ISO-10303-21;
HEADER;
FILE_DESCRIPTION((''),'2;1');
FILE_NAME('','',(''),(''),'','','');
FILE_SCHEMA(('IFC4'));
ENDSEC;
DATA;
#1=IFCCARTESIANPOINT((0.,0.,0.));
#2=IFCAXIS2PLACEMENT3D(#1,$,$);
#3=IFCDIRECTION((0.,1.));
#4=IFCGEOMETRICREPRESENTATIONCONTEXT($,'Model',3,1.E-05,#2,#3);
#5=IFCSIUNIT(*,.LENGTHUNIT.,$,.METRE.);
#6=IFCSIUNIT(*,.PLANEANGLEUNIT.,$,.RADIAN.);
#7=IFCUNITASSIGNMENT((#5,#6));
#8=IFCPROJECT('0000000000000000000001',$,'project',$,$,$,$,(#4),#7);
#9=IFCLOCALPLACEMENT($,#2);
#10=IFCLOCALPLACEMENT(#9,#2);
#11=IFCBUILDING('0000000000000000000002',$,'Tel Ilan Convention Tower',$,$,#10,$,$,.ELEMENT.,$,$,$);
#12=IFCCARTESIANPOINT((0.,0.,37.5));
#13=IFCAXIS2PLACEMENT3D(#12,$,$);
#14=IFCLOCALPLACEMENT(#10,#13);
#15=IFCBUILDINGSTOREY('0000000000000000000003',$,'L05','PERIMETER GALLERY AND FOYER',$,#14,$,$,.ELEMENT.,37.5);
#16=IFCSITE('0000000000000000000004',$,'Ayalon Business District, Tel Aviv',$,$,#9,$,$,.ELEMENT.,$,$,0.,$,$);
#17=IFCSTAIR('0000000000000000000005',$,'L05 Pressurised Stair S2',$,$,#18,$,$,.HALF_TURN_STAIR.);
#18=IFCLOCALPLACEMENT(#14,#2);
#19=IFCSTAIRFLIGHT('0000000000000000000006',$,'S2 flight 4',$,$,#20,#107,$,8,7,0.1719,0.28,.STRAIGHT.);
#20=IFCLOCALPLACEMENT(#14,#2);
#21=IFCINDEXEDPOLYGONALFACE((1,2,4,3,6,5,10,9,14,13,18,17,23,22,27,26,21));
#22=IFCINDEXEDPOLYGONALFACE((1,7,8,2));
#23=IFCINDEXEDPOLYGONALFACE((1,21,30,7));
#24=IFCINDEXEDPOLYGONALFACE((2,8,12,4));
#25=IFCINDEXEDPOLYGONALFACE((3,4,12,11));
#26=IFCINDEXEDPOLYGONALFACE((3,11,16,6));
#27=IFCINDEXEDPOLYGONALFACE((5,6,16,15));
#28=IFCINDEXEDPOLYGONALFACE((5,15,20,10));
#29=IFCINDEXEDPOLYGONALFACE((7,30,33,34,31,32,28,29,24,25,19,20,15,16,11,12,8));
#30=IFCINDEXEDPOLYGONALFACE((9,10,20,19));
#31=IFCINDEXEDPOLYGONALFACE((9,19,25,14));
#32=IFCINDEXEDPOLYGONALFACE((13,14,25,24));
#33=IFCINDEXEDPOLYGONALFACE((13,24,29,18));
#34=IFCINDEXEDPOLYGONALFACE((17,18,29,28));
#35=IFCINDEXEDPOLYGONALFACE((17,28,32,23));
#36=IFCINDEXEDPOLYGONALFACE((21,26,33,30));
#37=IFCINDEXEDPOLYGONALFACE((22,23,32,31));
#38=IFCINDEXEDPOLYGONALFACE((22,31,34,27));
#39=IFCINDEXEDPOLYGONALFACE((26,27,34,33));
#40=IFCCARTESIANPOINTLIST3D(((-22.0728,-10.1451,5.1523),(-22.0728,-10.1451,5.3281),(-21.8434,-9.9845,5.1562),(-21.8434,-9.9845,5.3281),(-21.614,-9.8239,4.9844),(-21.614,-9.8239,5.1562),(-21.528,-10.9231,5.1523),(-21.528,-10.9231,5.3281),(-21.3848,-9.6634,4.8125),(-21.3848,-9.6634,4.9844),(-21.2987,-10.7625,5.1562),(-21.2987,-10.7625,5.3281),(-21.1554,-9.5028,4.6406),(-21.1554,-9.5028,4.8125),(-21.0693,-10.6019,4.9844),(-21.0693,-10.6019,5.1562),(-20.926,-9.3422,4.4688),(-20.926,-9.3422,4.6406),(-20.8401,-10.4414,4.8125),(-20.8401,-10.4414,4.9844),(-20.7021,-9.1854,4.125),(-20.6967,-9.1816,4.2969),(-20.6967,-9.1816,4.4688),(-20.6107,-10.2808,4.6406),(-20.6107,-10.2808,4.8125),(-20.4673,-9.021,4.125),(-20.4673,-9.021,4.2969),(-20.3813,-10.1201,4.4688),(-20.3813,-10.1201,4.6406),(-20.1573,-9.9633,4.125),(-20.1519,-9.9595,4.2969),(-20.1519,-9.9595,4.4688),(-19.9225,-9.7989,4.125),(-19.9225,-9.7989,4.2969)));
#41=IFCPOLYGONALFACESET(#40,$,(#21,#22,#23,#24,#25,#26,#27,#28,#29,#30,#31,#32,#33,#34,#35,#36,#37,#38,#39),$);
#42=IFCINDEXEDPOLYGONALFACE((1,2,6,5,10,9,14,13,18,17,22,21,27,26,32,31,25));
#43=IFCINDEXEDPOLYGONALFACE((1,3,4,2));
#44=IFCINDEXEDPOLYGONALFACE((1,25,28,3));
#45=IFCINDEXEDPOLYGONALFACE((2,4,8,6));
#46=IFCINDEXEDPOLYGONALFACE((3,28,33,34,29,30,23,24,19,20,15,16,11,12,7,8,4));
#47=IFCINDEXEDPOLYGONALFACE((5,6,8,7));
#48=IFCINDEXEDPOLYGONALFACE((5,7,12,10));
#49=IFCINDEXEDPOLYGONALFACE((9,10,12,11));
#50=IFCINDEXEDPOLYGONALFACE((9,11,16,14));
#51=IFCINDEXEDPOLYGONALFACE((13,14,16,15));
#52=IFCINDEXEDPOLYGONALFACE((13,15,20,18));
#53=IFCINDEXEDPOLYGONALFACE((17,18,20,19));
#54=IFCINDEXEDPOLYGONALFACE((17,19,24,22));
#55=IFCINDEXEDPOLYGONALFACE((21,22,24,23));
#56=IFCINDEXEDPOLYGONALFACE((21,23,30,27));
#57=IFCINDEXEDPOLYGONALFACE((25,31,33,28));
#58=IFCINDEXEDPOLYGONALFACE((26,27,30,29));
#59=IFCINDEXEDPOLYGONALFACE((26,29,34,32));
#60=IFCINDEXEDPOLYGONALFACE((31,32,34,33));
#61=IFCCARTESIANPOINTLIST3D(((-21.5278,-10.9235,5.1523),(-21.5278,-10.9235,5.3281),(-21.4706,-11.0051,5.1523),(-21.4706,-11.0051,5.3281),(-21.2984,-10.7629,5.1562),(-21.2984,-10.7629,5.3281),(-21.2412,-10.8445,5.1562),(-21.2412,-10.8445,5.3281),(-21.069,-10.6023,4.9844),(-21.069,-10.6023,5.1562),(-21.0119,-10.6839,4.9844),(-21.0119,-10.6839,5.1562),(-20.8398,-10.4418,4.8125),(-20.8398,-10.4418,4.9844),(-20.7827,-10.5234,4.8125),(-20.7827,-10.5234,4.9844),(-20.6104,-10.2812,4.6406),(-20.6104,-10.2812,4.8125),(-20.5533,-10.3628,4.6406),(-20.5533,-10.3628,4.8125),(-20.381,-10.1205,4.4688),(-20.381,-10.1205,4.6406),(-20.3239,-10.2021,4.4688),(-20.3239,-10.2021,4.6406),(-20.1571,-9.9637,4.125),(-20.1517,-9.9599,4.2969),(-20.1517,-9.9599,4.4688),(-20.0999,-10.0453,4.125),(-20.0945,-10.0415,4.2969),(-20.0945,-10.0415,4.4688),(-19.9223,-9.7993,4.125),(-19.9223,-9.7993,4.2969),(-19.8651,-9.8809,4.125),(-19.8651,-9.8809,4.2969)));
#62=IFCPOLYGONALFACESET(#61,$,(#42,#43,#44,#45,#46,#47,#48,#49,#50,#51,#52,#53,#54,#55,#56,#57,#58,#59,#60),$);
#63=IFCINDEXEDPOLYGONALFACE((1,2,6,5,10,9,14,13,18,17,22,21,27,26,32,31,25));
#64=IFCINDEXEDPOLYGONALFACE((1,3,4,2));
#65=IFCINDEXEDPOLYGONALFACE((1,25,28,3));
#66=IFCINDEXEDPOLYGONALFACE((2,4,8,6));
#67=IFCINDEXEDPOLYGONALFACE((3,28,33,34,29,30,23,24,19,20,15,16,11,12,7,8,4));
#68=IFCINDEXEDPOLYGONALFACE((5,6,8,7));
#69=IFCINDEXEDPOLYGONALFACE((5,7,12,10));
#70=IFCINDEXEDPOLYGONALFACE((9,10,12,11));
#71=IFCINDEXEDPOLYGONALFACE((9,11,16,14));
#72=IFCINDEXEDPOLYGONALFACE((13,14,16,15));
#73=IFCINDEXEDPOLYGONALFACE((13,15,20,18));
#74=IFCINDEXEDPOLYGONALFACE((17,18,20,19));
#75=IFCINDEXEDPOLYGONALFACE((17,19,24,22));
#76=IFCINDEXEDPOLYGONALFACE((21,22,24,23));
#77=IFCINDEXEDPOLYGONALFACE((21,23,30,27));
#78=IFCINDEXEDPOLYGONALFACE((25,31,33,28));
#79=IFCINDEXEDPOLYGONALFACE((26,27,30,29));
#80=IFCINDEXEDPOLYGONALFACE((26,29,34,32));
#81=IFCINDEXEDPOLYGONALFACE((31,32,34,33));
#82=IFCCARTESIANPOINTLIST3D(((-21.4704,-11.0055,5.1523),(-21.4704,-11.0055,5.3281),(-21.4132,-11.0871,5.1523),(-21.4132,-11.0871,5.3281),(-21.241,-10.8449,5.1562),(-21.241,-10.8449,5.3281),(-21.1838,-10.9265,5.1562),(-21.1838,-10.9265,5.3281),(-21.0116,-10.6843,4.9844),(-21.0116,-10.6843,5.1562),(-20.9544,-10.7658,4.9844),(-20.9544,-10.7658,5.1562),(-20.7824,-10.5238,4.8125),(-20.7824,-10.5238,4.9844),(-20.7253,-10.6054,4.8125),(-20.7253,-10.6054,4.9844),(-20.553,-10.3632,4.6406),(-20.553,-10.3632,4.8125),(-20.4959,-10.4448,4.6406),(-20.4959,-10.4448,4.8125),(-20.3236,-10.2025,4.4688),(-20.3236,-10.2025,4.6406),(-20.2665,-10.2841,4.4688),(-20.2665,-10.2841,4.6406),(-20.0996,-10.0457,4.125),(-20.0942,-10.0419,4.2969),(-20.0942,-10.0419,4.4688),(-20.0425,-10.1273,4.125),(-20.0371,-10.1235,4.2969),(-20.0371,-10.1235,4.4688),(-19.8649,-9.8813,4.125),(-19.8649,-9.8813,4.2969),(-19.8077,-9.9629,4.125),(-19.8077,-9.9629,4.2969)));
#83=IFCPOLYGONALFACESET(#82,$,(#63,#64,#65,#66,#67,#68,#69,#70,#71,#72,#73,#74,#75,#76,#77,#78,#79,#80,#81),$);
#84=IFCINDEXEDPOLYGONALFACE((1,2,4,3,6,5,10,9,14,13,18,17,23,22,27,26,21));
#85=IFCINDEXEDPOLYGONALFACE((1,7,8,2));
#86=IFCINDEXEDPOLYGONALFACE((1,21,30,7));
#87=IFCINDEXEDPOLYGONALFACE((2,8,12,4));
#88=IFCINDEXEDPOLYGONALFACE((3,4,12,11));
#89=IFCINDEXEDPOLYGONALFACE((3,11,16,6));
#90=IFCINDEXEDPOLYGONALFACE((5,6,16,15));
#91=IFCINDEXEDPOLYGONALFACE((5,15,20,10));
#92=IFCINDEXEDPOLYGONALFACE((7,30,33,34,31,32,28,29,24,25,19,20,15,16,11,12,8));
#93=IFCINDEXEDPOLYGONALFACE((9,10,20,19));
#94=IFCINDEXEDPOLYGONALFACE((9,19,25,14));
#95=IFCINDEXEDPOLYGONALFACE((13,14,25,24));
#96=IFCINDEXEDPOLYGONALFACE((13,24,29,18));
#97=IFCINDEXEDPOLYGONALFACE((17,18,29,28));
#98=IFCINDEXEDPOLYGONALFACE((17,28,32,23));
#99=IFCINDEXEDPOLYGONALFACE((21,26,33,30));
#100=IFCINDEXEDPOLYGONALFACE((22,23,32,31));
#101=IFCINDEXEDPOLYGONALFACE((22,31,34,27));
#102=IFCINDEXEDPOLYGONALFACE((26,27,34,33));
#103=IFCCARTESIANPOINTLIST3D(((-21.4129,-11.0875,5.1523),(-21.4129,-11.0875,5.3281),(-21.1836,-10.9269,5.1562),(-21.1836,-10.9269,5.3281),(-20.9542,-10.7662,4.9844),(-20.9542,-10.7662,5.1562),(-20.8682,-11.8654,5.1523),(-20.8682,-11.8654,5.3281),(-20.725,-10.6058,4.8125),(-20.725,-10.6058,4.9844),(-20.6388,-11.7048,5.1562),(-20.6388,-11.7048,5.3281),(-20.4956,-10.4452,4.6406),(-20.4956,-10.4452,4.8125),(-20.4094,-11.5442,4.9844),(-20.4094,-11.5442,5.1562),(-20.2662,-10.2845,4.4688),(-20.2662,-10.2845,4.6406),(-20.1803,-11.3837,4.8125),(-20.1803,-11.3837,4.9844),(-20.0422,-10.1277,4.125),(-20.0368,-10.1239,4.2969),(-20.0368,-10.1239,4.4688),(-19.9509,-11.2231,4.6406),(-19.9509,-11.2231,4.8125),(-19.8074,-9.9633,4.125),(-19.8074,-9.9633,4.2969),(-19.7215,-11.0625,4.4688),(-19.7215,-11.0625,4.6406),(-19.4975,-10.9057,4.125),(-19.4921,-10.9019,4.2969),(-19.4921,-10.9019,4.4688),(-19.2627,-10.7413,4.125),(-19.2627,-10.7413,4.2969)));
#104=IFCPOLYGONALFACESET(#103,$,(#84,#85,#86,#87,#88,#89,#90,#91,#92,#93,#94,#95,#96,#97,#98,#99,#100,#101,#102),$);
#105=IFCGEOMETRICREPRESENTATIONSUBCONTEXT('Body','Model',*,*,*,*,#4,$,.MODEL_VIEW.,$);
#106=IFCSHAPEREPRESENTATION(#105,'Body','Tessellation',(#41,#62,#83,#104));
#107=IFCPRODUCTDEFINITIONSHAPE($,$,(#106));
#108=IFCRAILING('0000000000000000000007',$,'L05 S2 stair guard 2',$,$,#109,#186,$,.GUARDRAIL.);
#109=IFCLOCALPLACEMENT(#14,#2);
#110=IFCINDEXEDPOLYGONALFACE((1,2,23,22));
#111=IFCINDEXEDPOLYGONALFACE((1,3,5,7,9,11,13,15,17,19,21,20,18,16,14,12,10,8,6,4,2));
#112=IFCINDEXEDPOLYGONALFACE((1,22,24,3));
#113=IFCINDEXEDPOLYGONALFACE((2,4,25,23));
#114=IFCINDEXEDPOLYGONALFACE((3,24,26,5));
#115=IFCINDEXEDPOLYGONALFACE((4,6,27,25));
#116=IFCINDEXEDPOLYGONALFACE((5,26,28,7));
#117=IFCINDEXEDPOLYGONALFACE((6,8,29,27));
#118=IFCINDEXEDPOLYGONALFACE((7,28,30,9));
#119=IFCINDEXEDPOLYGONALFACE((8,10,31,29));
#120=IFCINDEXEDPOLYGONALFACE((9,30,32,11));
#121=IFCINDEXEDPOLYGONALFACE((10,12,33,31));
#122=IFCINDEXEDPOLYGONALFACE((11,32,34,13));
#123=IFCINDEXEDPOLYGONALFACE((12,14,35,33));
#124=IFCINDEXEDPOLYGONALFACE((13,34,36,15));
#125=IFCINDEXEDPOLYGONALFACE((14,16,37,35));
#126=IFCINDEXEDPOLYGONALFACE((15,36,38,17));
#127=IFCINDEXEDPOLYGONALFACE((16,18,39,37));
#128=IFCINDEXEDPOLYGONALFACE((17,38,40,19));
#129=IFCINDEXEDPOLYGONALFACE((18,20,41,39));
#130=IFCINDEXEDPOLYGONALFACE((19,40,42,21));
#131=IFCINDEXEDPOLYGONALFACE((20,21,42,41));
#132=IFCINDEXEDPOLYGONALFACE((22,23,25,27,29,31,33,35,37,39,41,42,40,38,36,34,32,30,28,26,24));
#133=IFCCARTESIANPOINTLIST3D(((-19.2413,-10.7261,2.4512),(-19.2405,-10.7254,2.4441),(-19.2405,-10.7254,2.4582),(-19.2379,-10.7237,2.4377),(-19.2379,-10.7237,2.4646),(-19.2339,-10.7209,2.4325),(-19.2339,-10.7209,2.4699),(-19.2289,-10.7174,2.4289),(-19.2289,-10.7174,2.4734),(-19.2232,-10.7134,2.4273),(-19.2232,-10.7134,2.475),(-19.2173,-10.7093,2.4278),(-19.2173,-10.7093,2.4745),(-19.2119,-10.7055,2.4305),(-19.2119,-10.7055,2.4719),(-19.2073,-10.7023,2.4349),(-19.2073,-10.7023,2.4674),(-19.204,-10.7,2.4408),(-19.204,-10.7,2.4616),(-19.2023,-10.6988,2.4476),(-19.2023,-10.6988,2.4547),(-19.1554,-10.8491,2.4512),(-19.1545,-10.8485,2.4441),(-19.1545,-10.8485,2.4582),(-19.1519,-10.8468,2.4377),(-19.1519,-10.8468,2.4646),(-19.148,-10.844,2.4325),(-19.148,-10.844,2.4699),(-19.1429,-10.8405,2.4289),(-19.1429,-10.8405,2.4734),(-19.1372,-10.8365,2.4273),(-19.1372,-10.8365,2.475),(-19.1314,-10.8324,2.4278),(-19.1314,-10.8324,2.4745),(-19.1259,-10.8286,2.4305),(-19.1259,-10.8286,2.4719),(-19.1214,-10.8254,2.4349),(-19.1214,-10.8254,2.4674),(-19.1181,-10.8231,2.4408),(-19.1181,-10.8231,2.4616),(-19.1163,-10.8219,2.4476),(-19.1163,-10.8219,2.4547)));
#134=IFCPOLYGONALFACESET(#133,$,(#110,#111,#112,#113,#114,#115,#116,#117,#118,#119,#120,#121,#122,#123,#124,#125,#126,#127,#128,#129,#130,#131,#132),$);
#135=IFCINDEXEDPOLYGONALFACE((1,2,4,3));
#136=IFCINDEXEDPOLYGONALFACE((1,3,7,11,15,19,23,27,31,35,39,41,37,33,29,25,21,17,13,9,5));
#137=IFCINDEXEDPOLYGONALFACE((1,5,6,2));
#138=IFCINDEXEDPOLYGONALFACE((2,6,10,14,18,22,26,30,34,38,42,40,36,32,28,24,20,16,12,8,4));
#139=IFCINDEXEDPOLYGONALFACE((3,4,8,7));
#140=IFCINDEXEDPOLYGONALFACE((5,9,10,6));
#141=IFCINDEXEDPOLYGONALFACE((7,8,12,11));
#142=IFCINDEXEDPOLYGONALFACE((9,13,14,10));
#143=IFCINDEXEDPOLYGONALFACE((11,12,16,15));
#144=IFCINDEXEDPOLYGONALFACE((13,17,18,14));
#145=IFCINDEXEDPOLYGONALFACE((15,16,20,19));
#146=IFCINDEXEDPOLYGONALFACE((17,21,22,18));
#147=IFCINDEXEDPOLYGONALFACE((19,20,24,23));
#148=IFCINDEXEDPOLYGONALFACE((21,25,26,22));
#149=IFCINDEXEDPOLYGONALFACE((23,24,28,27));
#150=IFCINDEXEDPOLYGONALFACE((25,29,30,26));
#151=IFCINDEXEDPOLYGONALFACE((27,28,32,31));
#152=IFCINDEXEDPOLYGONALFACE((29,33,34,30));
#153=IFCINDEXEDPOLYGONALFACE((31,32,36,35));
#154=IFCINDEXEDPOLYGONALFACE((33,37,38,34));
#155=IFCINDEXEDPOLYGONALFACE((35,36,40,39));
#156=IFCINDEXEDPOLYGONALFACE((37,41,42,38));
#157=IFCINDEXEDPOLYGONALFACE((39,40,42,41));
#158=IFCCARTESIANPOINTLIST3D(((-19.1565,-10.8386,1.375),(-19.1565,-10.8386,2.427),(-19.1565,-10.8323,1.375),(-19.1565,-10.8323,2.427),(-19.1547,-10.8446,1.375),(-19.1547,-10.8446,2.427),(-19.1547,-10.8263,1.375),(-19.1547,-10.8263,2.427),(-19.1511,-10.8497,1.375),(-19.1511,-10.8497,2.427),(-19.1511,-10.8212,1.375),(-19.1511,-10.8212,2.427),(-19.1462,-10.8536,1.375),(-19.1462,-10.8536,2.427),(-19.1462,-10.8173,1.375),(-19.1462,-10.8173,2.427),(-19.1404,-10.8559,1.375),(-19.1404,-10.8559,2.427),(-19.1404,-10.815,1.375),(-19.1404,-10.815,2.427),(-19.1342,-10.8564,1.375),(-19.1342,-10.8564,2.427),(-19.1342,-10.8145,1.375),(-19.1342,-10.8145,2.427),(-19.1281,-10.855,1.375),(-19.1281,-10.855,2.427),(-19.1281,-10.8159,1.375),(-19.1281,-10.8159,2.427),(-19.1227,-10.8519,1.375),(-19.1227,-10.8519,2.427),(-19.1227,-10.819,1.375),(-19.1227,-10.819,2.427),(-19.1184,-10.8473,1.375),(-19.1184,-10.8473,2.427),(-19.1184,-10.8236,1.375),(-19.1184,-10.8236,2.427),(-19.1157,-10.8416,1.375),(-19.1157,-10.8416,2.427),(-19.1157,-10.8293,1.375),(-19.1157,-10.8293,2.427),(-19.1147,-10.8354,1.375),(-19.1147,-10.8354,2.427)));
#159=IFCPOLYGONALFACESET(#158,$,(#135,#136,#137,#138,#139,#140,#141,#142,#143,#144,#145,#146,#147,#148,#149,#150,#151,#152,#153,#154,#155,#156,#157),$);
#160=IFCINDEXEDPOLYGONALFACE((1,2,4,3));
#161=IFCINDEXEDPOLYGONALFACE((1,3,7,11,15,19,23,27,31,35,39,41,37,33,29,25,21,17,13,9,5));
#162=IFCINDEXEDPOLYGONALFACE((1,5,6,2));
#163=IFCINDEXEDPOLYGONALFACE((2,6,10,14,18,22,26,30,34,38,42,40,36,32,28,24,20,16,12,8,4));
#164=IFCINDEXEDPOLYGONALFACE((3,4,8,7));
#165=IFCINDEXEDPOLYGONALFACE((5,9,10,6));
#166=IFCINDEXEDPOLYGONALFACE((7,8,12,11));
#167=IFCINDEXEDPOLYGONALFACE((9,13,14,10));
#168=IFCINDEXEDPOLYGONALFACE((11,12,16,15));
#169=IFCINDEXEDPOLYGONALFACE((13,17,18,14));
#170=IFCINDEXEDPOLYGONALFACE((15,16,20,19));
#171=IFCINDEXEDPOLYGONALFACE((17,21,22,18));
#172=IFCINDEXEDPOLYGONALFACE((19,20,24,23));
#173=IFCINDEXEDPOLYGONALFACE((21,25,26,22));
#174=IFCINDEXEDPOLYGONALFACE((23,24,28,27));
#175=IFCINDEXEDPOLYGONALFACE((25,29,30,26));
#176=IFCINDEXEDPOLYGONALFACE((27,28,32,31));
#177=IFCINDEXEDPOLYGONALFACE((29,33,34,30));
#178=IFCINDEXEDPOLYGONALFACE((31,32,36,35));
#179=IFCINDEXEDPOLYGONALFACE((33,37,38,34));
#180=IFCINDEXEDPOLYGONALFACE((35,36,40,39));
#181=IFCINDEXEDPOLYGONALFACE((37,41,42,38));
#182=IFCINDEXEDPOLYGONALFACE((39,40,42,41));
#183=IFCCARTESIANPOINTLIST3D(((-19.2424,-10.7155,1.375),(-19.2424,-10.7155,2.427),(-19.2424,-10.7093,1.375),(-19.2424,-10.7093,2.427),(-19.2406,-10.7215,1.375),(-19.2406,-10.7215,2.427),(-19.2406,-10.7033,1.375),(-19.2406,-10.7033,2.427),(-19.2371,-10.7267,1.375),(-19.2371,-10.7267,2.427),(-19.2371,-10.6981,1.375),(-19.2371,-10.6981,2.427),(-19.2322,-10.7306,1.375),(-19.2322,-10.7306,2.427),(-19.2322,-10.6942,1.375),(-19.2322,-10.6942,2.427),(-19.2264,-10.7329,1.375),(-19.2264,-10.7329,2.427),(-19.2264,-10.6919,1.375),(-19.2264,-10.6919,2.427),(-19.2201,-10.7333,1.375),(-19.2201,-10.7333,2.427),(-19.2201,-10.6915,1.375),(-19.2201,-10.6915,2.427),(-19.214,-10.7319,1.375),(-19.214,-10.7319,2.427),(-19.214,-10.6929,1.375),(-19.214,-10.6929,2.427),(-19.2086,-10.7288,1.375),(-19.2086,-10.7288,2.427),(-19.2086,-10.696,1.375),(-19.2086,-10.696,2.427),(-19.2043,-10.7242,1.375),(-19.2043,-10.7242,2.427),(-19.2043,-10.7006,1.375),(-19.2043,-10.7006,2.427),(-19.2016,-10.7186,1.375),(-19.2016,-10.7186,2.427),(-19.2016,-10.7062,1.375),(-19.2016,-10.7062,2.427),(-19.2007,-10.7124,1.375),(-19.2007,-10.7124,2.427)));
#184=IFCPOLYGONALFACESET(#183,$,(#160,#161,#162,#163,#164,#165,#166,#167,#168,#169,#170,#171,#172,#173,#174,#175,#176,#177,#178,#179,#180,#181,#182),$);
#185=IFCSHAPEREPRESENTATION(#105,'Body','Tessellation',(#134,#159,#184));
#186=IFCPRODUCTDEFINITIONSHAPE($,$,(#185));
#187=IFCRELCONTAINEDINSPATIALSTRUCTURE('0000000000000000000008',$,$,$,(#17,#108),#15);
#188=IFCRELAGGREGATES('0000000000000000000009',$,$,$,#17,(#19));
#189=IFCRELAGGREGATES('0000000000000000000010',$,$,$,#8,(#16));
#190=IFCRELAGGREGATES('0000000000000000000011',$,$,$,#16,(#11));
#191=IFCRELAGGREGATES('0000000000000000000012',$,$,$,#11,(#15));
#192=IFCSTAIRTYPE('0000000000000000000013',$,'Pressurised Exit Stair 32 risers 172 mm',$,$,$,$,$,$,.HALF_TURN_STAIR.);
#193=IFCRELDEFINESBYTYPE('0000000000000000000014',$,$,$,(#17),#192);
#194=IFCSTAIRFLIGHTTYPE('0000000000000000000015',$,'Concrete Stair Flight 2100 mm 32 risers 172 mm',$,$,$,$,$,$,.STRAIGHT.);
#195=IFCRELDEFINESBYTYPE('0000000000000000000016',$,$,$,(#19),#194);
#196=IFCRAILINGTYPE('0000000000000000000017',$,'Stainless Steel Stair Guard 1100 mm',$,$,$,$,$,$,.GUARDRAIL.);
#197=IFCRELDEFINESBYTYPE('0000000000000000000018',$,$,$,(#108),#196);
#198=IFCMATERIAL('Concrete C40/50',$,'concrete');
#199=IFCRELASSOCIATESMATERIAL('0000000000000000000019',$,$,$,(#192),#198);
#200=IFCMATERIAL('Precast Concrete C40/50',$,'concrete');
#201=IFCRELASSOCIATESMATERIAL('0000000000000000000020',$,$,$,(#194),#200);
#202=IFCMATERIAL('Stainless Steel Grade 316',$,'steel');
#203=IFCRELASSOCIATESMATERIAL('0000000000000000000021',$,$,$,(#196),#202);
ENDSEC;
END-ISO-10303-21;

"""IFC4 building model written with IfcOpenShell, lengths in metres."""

from ifc_helpers import new_model, si_unit, direction, frame, origin, origin_2d, place, context, subcontext, project, spatial, polyline, circle, outline, extrude, material, type_object, element, aggregate, save


model = new_model("IFC4")

# Units and contexts
model_context = context("Model", 3, precision=1e-05, world=origin(), true_north=direction((0.0, 1.0)))
body_context = subcontext(model_context, "Body", "Model", "MODEL_VIEW")
ifc_project = project(units=[si_unit("LENGTHUNIT", "METRE"), si_unit("PLANEANGLEUNIT", "RADIAN")], contexts=[model_context])

# Site, building, storey
site_placement = place(None, origin())
site = spatial("IfcSite", under=ifc_project, at=site_placement, Name="Ayalon Business District, Tel Aviv", CompositionType="ELEMENT", RefElevation=0.0)
building_placement = place(site_placement, origin())
building = spatial("IfcBuilding", under=site, at=building_placement, Name="Tel Ilan Convention Tower", CompositionType="ELEMENT")
storey_placement = place(building_placement, frame((0.0, 0.0, 37.5)))
storey = spatial("IfcBuildingStorey", under=building, at=storey_placement, Name="L05", Description="PERIMETER GALLERY AND FOYER", CompositionType="ELEMENT", Elevation=37.5)

# Stair, stair flight
ifc_material_1 = material(Name="Concrete C40/50", Category="concrete")
stair_type = type_object("IfcStairType", Name="Pressurised Exit Stair 32 risers 172 mm", PredefinedType="HALF_TURN_STAIR", material=ifc_material_1)
stair_placement = place(storey_placement, origin())
stair = element("IfcStair", 1, at=stair_placement, inside=storey, type_object=stair_type, Name="L05 Pressurised Stair S2", PredefinedType="HALF_TURN_STAIR")
ifc_material_2 = material(Name="Precast Concrete C40/50", Category="concrete")
stair_flight_type = type_object("IfcStairFlightType", Name="Concrete Stair Flight 2100 mm 32 risers 172 mm", PredefinedType="STRAIGHT", material=ifc_material_2)
stair_flight_1_placement = place(storey_placement, frame((-19.865, -9.8811, 4.125), z_axis=(0.0, 0.0, 1.0), x_axis=(-0.819152, -0.573576, 0.0)))
stair_flight_1 = element("IfcStairFlight", 2, at=stair_flight_1_placement, type_object=stair_flight_type, Name="S2 flight 4", NumberOfRisers=8, NumberOfTreads=7, PredefinedType="STRAIGHT", RiserHeight=0.1719, TreadLength=0.28, context=body_context, shape_type="SweptSolid", body=[
    extrude(outline(polyline([(0.0, 0.0), (0.0, 0.1719), (0.28, 0.1719), (0.28, 0.3438), (0.5601, 0.3438), (0.5601, 0.5156), (0.8401, 0.5156), (0.8401, 0.6875), (1.1201, 0.6875), (1.1201, 0.8594), (1.3999, 0.8594), (1.3999, 1.0312), (1.6799, 1.0312), (1.6799, 1.2031), (1.96, 1.2031), (1.96, 1.375), (1.96, 1.0273), (0.2866, 0.0), (0.0, 0.0)])), frame((0.0, -0.1003, 0.0), z_axis=(0.0, -1.0, 0.0), x_axis=(1.0, 0.0, 0.0)), (0.0, 0.0, 1.0), 0.9497),
    extrude(outline(polyline([(0.0, 0.0), (0.0, 0.1719), (0.28, 0.1719), (0.28, 0.3438), (0.5601, 0.3438), (0.5601, 0.5156), (0.8401, 0.5156), (0.8401, 0.6875), (1.1201, 0.6875), (1.1201, 0.8594), (1.3999, 0.8594), (1.3999, 1.0312), (1.6799, 1.0312), (1.6799, 1.2031), (1.96, 1.2031), (1.96, 1.375), (1.96, 1.0273), (0.2866, 0.0), (0.0, 0.0)])), frame((0.0, -0.0002, 0.0), z_axis=(0.0, -1.0, 0.0), x_axis=(1.0, 0.0, 0.0)), (0.0, 0.0, 1.0), 0.0996),
    extrude(outline(polyline([(0.0, 0.0), (0.0, 0.1719), (0.28, 0.1719), (0.28, 0.3438), (0.5601, 0.3438), (0.5601, 0.5156), (0.8401, 0.5156), (0.8401, 0.6875), (1.1201, 0.6875), (1.1201, 0.8594), (1.3999, 0.8594), (1.3999, 1.0312), (1.6799, 1.0312), (1.6799, 1.2031), (1.96, 1.2031), (1.96, 1.375), (1.96, 1.0273), (0.2866, 0.0), (0.0, 0.0)])), frame((0.0, 0.0999, 0.0), z_axis=(0.0, -1.0, 0.0), x_axis=(1.0, 0.0, 0.0)), (0.0, 0.0, 1.0), 0.0996),
    extrude(outline(polyline([(0.0, 0.0), (0.0, 0.1719), (0.28, 0.1719), (0.28, 0.3438), (0.5601, 0.3438), (0.5601, 0.5156), (0.8401, 0.5156), (0.8401, 0.6875), (1.1201, 0.6875), (1.1201, 0.8594), (1.3999, 0.8594), (1.3999, 1.0312), (1.6799, 1.0312), (1.6799, 1.2031), (1.96, 1.2031), (1.96, 1.375), (1.96, 1.0273), (0.2866, 0.0), (0.0, 0.0)])), frame((0.0, 1.05, 0.0), z_axis=(0.0, -1.0, 0.0), x_axis=(1.0, 0.0, 0.0)), (0.0, 0.0, 1.0), 0.9497),
])
aggregate(stair, [stair_flight_1])

# Railing
ifc_material_3 = material(Name="Stainless Steel Grade 316", Category="steel")
railing_type_1 = type_object("IfcRailingType", Name="Stainless Steel Stair Guard 1100 mm", PredefinedType="GUARDRAIL", material=ifc_material_3)
railing_1_placement = place(storey_placement, frame((-19.1357, -10.8354, 1.375)))
element("IfcRailing", 3, at=railing_1_placement, inside=storey, type_object=railing_type_1, Name="L05 S2 stair guard 2", PredefinedType="GUARDRAIL", context=body_context, shape_type="SweptSolid", body=[
    extrude(circle(Radius=0.0239, at=origin_2d()), frame((0.0, 0.0, 1.0762), z_axis=(-0.572589, 0.819843, 0.0), x_axis=(-0.819843, -0.572589, 0.0)), (0.0, 0.0, 1.0), 0.1501),
    extrude(circle(Radius=0.021, at=origin_2d()), origin(), (0.0, 0.0, 1.0), 1.052),
    extrude(circle(Radius=0.021, at=origin_2d()), frame((-0.0859, 0.123, 0.0)), (0.0, 0.0, 1.0), 1.052),
])

save(model, "model.ifc")
